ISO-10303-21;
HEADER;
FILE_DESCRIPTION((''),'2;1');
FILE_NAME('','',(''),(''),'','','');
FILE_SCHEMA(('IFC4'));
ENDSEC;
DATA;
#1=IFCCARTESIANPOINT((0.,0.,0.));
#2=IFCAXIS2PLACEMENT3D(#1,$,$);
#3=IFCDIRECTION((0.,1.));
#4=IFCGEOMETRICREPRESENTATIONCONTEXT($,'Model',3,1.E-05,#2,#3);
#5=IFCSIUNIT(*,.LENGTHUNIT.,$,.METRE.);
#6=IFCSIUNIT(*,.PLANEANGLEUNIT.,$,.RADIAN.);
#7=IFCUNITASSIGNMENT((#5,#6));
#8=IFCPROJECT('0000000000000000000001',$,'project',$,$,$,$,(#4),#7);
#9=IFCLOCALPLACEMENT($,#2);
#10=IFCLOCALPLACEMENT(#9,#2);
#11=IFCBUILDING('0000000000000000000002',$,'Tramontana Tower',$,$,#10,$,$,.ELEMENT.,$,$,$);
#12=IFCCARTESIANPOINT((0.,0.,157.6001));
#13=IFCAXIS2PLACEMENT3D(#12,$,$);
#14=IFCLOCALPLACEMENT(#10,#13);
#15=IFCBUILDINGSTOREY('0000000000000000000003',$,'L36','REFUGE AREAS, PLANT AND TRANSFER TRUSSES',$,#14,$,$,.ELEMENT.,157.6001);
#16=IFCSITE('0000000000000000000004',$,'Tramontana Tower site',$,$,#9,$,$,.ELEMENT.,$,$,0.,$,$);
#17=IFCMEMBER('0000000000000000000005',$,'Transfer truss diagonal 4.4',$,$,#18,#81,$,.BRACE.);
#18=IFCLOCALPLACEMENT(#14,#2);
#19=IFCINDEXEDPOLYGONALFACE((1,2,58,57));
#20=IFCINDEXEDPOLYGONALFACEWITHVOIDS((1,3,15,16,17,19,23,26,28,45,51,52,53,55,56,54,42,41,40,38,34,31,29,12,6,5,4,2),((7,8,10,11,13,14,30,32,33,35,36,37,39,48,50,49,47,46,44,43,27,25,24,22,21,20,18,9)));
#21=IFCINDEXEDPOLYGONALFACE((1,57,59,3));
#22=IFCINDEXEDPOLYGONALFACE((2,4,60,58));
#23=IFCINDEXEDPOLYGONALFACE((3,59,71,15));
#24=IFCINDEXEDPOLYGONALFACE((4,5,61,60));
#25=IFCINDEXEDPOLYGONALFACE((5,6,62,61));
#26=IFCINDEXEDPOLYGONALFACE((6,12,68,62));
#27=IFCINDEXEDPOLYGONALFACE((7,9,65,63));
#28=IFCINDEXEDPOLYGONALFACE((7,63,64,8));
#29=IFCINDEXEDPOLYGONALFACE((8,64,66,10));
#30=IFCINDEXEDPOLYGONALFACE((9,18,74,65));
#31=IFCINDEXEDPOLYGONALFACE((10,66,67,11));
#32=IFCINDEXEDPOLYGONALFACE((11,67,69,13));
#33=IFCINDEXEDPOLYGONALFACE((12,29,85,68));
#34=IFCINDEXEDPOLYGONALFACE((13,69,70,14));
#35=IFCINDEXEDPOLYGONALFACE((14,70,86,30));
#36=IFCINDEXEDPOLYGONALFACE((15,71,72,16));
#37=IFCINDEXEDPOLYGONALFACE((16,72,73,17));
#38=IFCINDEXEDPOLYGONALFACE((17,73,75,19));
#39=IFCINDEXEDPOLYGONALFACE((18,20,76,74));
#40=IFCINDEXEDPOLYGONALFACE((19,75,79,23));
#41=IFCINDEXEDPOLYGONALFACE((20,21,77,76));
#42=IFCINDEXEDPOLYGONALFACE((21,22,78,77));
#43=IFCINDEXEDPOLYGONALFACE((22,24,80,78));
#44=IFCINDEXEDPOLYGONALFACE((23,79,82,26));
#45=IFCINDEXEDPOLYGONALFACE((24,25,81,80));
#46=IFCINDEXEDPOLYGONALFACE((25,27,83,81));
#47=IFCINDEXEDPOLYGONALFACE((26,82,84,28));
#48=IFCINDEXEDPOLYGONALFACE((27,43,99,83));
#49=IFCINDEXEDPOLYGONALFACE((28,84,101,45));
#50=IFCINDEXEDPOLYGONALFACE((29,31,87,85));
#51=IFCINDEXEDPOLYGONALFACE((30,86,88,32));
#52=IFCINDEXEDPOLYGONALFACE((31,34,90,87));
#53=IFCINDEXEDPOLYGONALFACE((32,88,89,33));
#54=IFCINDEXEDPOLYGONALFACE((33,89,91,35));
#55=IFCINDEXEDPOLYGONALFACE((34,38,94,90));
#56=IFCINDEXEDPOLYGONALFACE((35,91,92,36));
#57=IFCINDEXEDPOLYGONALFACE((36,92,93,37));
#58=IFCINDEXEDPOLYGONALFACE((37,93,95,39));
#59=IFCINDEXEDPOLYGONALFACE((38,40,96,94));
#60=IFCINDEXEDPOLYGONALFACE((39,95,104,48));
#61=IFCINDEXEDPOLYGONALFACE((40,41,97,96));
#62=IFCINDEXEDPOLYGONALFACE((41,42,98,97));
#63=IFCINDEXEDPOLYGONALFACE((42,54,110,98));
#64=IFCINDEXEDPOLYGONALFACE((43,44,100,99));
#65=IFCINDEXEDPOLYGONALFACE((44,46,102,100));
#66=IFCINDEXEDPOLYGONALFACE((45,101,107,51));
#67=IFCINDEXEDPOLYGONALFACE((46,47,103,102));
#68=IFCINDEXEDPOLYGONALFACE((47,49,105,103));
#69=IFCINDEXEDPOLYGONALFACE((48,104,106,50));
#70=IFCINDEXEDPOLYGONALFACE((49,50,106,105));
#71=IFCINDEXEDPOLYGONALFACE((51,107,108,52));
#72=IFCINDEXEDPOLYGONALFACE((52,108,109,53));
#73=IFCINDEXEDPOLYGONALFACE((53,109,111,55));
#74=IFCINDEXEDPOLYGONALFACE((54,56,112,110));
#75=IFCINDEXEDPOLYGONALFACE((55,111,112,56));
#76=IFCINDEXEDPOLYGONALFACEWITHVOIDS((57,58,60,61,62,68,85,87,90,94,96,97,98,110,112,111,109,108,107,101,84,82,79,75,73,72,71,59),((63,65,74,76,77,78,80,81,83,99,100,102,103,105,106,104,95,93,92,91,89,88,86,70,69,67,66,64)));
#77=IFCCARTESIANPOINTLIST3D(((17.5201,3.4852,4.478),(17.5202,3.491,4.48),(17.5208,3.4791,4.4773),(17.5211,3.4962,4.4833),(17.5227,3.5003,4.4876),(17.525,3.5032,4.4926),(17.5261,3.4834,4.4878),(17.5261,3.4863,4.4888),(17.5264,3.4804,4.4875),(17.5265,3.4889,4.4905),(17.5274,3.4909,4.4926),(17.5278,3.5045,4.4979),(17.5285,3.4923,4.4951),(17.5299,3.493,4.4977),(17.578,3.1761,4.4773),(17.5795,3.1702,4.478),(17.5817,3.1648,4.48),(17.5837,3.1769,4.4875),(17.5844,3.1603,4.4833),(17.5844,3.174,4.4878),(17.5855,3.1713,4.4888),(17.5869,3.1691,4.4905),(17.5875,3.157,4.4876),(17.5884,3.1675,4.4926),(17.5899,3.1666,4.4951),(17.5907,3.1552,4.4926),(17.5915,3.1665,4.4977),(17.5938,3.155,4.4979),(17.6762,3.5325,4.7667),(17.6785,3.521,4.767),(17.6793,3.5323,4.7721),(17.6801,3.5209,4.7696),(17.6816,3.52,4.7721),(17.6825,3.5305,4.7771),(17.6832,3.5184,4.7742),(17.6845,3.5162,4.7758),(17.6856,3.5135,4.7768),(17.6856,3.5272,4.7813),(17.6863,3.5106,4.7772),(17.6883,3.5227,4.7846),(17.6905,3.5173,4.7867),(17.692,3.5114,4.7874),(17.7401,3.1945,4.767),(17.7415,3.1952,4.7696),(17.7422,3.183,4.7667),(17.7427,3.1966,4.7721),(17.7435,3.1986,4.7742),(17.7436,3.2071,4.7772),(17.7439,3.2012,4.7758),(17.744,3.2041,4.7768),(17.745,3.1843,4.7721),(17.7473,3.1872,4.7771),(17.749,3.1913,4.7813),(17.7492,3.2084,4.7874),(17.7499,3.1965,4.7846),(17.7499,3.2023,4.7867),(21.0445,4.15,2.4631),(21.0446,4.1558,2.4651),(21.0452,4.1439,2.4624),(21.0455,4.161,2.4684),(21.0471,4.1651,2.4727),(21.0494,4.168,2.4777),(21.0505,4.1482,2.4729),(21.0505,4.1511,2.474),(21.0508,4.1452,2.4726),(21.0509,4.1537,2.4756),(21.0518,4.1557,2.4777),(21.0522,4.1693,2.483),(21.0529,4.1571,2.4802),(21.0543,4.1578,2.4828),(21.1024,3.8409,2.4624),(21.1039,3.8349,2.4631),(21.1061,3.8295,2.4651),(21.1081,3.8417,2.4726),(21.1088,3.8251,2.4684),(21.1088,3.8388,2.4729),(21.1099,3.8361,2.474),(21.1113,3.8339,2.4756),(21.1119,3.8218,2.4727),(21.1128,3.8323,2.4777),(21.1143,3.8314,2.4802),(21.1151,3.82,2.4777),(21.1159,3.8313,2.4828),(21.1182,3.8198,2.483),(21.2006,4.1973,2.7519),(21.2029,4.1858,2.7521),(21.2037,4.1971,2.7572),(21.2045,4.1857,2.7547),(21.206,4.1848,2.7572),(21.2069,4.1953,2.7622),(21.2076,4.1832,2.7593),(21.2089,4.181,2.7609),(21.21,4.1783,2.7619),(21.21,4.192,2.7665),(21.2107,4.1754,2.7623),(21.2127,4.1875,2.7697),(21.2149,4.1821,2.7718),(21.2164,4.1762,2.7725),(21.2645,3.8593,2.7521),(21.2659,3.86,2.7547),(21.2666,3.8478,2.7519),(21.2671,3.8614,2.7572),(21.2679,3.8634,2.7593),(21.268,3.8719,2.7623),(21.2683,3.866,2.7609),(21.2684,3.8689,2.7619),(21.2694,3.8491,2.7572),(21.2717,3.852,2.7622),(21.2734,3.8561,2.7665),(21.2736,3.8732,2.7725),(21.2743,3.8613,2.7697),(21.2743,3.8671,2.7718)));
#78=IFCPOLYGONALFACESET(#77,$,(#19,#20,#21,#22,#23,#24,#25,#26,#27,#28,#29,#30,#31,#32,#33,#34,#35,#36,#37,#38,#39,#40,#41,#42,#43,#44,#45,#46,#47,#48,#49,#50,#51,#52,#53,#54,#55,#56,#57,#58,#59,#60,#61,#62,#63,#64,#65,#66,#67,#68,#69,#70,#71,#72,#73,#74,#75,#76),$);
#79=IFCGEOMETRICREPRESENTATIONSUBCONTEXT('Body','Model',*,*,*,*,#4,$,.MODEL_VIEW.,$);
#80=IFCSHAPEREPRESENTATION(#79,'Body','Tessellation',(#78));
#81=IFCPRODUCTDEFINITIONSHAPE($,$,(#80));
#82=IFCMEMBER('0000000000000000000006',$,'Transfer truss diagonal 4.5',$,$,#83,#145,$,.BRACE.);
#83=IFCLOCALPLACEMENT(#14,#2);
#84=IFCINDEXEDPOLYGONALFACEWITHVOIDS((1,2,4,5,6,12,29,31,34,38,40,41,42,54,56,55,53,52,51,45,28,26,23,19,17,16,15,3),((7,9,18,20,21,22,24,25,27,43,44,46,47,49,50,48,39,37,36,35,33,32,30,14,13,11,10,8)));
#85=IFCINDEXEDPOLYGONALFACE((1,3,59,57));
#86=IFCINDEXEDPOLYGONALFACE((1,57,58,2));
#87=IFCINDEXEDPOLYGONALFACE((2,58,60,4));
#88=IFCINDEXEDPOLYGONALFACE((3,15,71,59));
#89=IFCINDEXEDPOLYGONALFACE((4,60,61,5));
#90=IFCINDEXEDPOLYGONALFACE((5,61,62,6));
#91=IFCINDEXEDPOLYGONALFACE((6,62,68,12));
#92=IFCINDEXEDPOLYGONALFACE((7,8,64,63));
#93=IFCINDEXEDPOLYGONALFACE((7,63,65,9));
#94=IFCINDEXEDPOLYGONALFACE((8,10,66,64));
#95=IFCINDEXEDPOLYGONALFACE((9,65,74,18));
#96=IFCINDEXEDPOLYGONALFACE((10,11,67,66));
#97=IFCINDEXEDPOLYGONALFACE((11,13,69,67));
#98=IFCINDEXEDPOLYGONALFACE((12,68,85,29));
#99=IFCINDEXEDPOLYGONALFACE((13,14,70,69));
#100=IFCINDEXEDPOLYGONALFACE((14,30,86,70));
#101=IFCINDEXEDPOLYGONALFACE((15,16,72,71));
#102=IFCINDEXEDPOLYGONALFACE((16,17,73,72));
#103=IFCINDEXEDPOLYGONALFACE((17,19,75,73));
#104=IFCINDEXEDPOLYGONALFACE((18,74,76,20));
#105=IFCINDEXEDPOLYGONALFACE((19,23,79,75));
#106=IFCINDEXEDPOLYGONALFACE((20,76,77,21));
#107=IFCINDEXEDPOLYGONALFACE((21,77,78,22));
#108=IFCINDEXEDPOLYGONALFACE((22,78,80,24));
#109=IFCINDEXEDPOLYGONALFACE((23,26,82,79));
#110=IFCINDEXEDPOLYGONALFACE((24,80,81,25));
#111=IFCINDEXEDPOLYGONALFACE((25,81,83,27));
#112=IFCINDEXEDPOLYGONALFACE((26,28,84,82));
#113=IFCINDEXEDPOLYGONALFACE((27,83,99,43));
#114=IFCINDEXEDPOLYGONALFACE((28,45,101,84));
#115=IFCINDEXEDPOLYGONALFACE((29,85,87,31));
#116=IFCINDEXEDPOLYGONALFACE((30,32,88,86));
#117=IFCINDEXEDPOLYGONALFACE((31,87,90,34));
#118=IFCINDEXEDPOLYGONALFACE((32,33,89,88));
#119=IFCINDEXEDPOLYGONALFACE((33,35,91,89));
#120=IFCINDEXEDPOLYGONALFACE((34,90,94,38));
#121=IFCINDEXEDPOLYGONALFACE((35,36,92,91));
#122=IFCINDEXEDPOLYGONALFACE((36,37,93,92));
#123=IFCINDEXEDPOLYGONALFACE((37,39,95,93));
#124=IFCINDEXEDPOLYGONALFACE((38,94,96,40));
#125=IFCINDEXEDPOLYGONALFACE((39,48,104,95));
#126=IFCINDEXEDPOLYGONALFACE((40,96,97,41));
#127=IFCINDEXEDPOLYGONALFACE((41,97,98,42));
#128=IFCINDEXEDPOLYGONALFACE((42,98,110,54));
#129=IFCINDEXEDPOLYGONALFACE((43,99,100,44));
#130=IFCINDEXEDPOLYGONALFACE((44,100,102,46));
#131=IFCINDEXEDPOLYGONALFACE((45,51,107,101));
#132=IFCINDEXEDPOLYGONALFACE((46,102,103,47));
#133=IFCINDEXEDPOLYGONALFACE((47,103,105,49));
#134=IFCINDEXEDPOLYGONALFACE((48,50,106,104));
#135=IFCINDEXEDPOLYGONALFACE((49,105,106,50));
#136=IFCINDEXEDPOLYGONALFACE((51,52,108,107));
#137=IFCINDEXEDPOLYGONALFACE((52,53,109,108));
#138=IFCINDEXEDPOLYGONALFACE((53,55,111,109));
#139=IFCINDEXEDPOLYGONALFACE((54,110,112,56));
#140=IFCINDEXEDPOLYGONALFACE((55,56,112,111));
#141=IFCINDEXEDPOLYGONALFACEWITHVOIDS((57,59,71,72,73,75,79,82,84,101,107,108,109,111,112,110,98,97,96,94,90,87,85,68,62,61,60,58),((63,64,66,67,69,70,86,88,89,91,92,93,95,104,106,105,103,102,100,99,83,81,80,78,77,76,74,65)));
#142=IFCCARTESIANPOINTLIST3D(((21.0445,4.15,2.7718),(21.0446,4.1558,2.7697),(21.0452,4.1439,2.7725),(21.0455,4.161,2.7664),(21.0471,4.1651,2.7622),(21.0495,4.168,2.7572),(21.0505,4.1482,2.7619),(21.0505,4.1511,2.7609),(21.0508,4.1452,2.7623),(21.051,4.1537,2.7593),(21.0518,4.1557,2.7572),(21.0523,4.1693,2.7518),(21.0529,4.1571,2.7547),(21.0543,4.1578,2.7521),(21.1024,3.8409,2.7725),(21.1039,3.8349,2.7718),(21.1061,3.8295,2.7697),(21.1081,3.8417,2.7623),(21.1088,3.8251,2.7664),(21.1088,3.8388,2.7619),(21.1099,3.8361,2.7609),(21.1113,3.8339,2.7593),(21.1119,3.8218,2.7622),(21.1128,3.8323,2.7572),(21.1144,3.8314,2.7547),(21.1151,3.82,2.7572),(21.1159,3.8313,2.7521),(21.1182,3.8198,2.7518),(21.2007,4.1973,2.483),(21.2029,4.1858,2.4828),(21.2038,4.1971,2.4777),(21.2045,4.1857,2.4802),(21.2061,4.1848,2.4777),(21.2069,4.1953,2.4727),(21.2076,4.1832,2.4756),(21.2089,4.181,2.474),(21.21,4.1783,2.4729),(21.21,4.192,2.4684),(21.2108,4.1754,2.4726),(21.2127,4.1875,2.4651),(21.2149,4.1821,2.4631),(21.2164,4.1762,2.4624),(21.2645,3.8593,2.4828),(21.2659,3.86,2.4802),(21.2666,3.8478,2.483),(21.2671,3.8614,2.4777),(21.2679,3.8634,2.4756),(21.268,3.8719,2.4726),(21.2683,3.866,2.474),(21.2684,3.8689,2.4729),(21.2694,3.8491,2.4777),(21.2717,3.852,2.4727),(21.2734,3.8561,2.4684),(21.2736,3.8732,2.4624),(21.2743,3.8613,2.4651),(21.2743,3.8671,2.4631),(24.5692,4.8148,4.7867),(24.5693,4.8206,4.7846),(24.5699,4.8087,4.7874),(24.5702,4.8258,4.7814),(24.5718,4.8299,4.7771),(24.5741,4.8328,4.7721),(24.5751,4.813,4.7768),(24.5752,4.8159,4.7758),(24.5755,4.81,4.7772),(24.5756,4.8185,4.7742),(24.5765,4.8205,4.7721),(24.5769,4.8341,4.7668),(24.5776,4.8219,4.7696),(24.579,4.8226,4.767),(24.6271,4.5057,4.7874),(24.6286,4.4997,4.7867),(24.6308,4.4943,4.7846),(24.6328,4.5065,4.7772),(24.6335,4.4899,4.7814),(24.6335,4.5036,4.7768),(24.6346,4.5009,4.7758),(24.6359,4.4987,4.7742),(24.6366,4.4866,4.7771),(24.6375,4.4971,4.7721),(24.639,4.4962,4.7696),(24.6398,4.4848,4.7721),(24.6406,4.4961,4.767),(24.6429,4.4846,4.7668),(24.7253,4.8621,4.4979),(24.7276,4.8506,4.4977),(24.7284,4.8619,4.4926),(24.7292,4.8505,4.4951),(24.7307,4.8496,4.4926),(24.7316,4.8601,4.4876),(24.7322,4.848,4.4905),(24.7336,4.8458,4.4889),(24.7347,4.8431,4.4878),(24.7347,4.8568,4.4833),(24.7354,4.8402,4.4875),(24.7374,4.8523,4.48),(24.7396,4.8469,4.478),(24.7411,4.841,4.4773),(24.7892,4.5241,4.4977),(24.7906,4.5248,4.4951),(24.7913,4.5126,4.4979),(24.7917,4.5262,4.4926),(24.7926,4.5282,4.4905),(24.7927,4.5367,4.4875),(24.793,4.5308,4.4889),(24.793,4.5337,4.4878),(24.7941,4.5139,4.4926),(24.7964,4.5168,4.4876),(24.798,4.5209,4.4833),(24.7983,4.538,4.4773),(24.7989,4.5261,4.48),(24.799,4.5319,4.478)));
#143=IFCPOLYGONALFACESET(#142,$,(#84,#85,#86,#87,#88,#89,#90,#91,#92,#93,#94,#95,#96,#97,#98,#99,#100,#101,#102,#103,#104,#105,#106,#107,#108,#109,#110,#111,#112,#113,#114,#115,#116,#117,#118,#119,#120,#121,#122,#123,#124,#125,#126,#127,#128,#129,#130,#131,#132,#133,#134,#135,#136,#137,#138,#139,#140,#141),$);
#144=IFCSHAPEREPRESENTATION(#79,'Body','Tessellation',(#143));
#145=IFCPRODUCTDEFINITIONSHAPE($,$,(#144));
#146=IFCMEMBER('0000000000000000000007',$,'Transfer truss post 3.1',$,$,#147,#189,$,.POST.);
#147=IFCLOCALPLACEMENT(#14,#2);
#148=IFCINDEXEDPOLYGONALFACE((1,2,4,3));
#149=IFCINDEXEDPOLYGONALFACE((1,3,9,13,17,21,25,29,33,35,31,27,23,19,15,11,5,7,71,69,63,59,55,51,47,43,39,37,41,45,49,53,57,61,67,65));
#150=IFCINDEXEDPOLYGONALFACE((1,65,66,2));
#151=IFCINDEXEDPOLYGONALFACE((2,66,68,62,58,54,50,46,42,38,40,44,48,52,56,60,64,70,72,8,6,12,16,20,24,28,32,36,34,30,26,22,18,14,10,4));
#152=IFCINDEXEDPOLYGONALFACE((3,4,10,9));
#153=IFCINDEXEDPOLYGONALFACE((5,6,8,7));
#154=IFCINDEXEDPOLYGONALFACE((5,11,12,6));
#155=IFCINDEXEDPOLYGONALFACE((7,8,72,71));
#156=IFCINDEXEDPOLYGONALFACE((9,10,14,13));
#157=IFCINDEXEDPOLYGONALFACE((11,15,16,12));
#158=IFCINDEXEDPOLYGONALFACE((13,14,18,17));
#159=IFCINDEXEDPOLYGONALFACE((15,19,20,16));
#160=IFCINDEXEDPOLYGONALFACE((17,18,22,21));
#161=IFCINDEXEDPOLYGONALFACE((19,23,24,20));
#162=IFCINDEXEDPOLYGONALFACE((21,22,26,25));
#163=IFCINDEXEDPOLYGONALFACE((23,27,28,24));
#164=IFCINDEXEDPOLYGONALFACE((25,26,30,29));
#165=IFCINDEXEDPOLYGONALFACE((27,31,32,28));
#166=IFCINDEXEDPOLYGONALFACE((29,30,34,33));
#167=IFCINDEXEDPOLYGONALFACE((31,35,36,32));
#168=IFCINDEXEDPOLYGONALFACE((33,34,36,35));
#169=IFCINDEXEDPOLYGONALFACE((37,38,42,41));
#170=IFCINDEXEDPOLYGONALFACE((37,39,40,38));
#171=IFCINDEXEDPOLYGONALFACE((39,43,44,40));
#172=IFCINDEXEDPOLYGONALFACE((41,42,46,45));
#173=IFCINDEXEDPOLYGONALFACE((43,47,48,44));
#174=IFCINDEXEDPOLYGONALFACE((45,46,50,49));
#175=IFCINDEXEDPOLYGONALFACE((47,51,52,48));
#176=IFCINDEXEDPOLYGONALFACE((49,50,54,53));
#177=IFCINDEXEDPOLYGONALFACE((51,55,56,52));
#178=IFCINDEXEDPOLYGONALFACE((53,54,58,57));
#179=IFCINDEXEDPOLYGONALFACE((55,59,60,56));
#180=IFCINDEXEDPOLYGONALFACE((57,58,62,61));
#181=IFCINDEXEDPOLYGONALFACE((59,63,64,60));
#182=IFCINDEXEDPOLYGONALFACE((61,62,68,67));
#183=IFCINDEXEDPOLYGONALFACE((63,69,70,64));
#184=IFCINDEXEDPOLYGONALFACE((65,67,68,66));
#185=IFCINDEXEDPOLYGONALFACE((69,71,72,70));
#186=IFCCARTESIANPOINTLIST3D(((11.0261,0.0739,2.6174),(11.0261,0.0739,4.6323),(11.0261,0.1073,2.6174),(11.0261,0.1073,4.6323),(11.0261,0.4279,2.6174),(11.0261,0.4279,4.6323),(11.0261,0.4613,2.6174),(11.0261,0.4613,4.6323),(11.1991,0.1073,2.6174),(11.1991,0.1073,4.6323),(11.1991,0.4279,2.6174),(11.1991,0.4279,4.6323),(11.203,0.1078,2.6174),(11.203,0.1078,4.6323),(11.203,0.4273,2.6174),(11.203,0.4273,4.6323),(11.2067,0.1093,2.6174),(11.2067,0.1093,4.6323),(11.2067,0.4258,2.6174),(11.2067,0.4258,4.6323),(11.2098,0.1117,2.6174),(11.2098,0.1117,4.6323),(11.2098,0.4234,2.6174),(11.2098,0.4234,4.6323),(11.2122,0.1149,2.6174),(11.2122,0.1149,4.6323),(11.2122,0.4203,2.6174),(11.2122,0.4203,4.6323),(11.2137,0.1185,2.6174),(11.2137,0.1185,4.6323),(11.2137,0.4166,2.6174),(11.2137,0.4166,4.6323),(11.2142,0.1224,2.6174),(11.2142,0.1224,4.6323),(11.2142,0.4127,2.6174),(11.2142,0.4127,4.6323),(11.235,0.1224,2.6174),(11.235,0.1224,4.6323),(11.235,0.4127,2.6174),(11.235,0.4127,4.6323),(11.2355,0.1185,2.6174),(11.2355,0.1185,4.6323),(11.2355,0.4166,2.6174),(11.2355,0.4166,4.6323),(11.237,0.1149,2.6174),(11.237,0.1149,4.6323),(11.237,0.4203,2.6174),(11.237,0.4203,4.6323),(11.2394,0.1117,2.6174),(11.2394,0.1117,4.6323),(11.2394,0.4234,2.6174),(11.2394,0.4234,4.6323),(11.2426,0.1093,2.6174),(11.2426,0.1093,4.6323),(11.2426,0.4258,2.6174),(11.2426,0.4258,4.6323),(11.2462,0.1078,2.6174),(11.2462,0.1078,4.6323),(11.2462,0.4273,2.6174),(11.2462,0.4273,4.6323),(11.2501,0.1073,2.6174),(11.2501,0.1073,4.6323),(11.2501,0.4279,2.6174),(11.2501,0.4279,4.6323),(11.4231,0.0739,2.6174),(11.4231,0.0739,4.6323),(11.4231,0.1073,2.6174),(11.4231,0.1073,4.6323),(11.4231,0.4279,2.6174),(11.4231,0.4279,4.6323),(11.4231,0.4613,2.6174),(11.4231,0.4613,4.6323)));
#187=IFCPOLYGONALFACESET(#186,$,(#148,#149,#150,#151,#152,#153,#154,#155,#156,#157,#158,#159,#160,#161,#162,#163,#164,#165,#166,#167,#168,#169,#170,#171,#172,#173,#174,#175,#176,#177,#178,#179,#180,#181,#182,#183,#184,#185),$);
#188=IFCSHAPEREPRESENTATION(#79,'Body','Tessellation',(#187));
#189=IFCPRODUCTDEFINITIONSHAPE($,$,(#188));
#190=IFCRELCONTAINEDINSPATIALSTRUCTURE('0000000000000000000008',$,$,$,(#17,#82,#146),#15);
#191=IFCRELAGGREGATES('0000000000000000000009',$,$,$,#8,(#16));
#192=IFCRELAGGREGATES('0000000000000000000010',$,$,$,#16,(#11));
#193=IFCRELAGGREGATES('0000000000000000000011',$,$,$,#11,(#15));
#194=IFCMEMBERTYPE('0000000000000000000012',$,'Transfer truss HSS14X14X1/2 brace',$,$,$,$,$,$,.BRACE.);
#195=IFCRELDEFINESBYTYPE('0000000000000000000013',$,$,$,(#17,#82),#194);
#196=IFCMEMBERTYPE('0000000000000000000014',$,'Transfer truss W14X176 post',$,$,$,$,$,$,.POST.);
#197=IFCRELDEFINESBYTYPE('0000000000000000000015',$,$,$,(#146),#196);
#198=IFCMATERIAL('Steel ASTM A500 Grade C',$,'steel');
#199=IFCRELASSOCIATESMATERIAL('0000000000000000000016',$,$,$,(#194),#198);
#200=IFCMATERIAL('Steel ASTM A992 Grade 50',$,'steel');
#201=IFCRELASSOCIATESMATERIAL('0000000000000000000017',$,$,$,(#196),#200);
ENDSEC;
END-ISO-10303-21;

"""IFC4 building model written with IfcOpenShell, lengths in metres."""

from ifc_helpers import new_model, si_unit, direction, frame, origin, origin_2d, place, context, subcontext, project, spatial, hollow_rectangle, i_section, extrude, material, material_profile, profile_set, type_object, element, save


model = new_model("IFC4")

# Units and contexts
model_context = context("Model", 3, precision=1e-05, world=origin(), true_north=direction((0.0, 1.0)))
body_context = subcontext(model_context, "Body", "Model", "MODEL_VIEW")
ifc_project = project(units=[si_unit("LENGTHUNIT", "METRE"), si_unit("PLANEANGLEUNIT", "RADIAN")], contexts=[model_context])

# Site, building, storey
site_placement = place(None, origin())
site = spatial("IfcSite", under=ifc_project, at=site_placement, Name="Tramontana Tower site", CompositionType="ELEMENT", RefElevation=0.0)
building_placement = place(site_placement, origin())
building = spatial("IfcBuilding", under=site, at=building_placement, Name="Tramontana Tower", CompositionType="ELEMENT")
storey_placement = place(building_placement, frame((0.0, 0.0, 157.6001)))
storey = spatial("IfcBuildingStorey", under=building, at=storey_placement, Name="L36", Description="REFUGE AREAS, PLANT AND TRANSFER TRUSSES", CompositionType="ELEMENT", Elevation=157.6001)

# Members
ifc_material_1 = material(Name="Steel ASTM A500 Grade C", Category="steel")
ifc_material_profile_1 = material_profile(ifc_material_1, hollow_rectangle(XDim=0.3557, YDim=0.3557, WallThickness=0.0117, InnerFilletRadius=0.0117, OuterFilletRadius=0.0237, at=origin_2d()), Name="HSS14X14X1/2")
ifc_profile_set_1 = profile_set([ifc_material_profile_1], Name="Steel ASTM A500 Grade C")
member_type_1 = type_object("IfcMemberType", Name="Transfer truss HSS14X14X1/2 brace", PredefinedType="BRACE", material=ifc_profile_set_1)
member_1_placement = place(storey_placement, frame((17.635, 3.3438, 4.6323), z_axis=(0.856732, 0.161602, -0.48979), x_axis=(-0.185357, 0.982671, 0.0)))
element("IfcMember", 1, at=member_1_placement, inside=storey, type_object=member_type_1, Name="Transfer truss diagonal 4.4", PredefinedType="BRACE", context=body_context, shape_type="SweptSolid", body=[
    extrude(hollow_rectangle(XDim=0.3557, YDim=0.3557, WallThickness=0.0117, InnerFilletRadius=0.0117, OuterFilletRadius=0.0237, at=origin_2d()), origin(), (0.0, 0.0, 1.0), 4.1138),
])
member_2_placement = place(storey_placement, frame((21.1594, 4.0085, 2.6174), z_axis=(0.856748, 0.161593, 0.489765), x_axis=(-0.185345, 0.982674, 0.0)))
element("IfcMember", 2, at=member_2_placement, inside=storey, type_object=member_type_1, Name="Transfer truss diagonal 4.5", PredefinedType="BRACE", context=body_context, shape_type="SweptSolid", body=[
    extrude(hollow_rectangle(XDim=0.3557, YDim=0.3557, WallThickness=0.0117, InnerFilletRadius=0.0117, OuterFilletRadius=0.0237, at=origin_2d()), origin(), (0.0, 0.0, 1.0), 4.114),
])
ifc_material_2 = material(Name="Steel ASTM A992 Grade 50", Category="steel")
ifc_material_profile_2 = material_profile(ifc_material_2, i_section(OverallWidth=0.397, OverallDepth=0.3875, WebThickness=0.0208, FlangeThickness=0.0334, FilletRadius=0.0151, at=origin_2d()), Name="W14X176")
ifc_profile_set_2 = profile_set([ifc_material_profile_2], Name="Steel ASTM A992 Grade 50")
member_type_2 = type_object("IfcMemberType", Name="Transfer truss W14X176 post", PredefinedType="POST", material=ifc_profile_set_2)
for number, where, z_axis, x_axis, name in (
    (3, (11.2246, 0.2676, 2.6174), (0.0, 0.0, 1.0), (1.0, 0.0, 0.0), "Transfer truss post 3.1"),
):
    element("IfcMember", number, at=place(storey_placement, frame(where, z_axis=z_axis, x_axis=x_axis)), inside=storey, type_object=member_type_2, Name=name, PredefinedType="POST", context=body_context, shape_type="SweptSolid", body=[
        extrude(i_section(OverallWidth=0.397, OverallDepth=0.3875, WebThickness=0.0208, FlangeThickness=0.0334, FilletRadius=0.0151, at=origin_2d()), origin(), (0.0, 0.0, 1.0), 2.0149),
    ])

save(model, "model.ifc")
